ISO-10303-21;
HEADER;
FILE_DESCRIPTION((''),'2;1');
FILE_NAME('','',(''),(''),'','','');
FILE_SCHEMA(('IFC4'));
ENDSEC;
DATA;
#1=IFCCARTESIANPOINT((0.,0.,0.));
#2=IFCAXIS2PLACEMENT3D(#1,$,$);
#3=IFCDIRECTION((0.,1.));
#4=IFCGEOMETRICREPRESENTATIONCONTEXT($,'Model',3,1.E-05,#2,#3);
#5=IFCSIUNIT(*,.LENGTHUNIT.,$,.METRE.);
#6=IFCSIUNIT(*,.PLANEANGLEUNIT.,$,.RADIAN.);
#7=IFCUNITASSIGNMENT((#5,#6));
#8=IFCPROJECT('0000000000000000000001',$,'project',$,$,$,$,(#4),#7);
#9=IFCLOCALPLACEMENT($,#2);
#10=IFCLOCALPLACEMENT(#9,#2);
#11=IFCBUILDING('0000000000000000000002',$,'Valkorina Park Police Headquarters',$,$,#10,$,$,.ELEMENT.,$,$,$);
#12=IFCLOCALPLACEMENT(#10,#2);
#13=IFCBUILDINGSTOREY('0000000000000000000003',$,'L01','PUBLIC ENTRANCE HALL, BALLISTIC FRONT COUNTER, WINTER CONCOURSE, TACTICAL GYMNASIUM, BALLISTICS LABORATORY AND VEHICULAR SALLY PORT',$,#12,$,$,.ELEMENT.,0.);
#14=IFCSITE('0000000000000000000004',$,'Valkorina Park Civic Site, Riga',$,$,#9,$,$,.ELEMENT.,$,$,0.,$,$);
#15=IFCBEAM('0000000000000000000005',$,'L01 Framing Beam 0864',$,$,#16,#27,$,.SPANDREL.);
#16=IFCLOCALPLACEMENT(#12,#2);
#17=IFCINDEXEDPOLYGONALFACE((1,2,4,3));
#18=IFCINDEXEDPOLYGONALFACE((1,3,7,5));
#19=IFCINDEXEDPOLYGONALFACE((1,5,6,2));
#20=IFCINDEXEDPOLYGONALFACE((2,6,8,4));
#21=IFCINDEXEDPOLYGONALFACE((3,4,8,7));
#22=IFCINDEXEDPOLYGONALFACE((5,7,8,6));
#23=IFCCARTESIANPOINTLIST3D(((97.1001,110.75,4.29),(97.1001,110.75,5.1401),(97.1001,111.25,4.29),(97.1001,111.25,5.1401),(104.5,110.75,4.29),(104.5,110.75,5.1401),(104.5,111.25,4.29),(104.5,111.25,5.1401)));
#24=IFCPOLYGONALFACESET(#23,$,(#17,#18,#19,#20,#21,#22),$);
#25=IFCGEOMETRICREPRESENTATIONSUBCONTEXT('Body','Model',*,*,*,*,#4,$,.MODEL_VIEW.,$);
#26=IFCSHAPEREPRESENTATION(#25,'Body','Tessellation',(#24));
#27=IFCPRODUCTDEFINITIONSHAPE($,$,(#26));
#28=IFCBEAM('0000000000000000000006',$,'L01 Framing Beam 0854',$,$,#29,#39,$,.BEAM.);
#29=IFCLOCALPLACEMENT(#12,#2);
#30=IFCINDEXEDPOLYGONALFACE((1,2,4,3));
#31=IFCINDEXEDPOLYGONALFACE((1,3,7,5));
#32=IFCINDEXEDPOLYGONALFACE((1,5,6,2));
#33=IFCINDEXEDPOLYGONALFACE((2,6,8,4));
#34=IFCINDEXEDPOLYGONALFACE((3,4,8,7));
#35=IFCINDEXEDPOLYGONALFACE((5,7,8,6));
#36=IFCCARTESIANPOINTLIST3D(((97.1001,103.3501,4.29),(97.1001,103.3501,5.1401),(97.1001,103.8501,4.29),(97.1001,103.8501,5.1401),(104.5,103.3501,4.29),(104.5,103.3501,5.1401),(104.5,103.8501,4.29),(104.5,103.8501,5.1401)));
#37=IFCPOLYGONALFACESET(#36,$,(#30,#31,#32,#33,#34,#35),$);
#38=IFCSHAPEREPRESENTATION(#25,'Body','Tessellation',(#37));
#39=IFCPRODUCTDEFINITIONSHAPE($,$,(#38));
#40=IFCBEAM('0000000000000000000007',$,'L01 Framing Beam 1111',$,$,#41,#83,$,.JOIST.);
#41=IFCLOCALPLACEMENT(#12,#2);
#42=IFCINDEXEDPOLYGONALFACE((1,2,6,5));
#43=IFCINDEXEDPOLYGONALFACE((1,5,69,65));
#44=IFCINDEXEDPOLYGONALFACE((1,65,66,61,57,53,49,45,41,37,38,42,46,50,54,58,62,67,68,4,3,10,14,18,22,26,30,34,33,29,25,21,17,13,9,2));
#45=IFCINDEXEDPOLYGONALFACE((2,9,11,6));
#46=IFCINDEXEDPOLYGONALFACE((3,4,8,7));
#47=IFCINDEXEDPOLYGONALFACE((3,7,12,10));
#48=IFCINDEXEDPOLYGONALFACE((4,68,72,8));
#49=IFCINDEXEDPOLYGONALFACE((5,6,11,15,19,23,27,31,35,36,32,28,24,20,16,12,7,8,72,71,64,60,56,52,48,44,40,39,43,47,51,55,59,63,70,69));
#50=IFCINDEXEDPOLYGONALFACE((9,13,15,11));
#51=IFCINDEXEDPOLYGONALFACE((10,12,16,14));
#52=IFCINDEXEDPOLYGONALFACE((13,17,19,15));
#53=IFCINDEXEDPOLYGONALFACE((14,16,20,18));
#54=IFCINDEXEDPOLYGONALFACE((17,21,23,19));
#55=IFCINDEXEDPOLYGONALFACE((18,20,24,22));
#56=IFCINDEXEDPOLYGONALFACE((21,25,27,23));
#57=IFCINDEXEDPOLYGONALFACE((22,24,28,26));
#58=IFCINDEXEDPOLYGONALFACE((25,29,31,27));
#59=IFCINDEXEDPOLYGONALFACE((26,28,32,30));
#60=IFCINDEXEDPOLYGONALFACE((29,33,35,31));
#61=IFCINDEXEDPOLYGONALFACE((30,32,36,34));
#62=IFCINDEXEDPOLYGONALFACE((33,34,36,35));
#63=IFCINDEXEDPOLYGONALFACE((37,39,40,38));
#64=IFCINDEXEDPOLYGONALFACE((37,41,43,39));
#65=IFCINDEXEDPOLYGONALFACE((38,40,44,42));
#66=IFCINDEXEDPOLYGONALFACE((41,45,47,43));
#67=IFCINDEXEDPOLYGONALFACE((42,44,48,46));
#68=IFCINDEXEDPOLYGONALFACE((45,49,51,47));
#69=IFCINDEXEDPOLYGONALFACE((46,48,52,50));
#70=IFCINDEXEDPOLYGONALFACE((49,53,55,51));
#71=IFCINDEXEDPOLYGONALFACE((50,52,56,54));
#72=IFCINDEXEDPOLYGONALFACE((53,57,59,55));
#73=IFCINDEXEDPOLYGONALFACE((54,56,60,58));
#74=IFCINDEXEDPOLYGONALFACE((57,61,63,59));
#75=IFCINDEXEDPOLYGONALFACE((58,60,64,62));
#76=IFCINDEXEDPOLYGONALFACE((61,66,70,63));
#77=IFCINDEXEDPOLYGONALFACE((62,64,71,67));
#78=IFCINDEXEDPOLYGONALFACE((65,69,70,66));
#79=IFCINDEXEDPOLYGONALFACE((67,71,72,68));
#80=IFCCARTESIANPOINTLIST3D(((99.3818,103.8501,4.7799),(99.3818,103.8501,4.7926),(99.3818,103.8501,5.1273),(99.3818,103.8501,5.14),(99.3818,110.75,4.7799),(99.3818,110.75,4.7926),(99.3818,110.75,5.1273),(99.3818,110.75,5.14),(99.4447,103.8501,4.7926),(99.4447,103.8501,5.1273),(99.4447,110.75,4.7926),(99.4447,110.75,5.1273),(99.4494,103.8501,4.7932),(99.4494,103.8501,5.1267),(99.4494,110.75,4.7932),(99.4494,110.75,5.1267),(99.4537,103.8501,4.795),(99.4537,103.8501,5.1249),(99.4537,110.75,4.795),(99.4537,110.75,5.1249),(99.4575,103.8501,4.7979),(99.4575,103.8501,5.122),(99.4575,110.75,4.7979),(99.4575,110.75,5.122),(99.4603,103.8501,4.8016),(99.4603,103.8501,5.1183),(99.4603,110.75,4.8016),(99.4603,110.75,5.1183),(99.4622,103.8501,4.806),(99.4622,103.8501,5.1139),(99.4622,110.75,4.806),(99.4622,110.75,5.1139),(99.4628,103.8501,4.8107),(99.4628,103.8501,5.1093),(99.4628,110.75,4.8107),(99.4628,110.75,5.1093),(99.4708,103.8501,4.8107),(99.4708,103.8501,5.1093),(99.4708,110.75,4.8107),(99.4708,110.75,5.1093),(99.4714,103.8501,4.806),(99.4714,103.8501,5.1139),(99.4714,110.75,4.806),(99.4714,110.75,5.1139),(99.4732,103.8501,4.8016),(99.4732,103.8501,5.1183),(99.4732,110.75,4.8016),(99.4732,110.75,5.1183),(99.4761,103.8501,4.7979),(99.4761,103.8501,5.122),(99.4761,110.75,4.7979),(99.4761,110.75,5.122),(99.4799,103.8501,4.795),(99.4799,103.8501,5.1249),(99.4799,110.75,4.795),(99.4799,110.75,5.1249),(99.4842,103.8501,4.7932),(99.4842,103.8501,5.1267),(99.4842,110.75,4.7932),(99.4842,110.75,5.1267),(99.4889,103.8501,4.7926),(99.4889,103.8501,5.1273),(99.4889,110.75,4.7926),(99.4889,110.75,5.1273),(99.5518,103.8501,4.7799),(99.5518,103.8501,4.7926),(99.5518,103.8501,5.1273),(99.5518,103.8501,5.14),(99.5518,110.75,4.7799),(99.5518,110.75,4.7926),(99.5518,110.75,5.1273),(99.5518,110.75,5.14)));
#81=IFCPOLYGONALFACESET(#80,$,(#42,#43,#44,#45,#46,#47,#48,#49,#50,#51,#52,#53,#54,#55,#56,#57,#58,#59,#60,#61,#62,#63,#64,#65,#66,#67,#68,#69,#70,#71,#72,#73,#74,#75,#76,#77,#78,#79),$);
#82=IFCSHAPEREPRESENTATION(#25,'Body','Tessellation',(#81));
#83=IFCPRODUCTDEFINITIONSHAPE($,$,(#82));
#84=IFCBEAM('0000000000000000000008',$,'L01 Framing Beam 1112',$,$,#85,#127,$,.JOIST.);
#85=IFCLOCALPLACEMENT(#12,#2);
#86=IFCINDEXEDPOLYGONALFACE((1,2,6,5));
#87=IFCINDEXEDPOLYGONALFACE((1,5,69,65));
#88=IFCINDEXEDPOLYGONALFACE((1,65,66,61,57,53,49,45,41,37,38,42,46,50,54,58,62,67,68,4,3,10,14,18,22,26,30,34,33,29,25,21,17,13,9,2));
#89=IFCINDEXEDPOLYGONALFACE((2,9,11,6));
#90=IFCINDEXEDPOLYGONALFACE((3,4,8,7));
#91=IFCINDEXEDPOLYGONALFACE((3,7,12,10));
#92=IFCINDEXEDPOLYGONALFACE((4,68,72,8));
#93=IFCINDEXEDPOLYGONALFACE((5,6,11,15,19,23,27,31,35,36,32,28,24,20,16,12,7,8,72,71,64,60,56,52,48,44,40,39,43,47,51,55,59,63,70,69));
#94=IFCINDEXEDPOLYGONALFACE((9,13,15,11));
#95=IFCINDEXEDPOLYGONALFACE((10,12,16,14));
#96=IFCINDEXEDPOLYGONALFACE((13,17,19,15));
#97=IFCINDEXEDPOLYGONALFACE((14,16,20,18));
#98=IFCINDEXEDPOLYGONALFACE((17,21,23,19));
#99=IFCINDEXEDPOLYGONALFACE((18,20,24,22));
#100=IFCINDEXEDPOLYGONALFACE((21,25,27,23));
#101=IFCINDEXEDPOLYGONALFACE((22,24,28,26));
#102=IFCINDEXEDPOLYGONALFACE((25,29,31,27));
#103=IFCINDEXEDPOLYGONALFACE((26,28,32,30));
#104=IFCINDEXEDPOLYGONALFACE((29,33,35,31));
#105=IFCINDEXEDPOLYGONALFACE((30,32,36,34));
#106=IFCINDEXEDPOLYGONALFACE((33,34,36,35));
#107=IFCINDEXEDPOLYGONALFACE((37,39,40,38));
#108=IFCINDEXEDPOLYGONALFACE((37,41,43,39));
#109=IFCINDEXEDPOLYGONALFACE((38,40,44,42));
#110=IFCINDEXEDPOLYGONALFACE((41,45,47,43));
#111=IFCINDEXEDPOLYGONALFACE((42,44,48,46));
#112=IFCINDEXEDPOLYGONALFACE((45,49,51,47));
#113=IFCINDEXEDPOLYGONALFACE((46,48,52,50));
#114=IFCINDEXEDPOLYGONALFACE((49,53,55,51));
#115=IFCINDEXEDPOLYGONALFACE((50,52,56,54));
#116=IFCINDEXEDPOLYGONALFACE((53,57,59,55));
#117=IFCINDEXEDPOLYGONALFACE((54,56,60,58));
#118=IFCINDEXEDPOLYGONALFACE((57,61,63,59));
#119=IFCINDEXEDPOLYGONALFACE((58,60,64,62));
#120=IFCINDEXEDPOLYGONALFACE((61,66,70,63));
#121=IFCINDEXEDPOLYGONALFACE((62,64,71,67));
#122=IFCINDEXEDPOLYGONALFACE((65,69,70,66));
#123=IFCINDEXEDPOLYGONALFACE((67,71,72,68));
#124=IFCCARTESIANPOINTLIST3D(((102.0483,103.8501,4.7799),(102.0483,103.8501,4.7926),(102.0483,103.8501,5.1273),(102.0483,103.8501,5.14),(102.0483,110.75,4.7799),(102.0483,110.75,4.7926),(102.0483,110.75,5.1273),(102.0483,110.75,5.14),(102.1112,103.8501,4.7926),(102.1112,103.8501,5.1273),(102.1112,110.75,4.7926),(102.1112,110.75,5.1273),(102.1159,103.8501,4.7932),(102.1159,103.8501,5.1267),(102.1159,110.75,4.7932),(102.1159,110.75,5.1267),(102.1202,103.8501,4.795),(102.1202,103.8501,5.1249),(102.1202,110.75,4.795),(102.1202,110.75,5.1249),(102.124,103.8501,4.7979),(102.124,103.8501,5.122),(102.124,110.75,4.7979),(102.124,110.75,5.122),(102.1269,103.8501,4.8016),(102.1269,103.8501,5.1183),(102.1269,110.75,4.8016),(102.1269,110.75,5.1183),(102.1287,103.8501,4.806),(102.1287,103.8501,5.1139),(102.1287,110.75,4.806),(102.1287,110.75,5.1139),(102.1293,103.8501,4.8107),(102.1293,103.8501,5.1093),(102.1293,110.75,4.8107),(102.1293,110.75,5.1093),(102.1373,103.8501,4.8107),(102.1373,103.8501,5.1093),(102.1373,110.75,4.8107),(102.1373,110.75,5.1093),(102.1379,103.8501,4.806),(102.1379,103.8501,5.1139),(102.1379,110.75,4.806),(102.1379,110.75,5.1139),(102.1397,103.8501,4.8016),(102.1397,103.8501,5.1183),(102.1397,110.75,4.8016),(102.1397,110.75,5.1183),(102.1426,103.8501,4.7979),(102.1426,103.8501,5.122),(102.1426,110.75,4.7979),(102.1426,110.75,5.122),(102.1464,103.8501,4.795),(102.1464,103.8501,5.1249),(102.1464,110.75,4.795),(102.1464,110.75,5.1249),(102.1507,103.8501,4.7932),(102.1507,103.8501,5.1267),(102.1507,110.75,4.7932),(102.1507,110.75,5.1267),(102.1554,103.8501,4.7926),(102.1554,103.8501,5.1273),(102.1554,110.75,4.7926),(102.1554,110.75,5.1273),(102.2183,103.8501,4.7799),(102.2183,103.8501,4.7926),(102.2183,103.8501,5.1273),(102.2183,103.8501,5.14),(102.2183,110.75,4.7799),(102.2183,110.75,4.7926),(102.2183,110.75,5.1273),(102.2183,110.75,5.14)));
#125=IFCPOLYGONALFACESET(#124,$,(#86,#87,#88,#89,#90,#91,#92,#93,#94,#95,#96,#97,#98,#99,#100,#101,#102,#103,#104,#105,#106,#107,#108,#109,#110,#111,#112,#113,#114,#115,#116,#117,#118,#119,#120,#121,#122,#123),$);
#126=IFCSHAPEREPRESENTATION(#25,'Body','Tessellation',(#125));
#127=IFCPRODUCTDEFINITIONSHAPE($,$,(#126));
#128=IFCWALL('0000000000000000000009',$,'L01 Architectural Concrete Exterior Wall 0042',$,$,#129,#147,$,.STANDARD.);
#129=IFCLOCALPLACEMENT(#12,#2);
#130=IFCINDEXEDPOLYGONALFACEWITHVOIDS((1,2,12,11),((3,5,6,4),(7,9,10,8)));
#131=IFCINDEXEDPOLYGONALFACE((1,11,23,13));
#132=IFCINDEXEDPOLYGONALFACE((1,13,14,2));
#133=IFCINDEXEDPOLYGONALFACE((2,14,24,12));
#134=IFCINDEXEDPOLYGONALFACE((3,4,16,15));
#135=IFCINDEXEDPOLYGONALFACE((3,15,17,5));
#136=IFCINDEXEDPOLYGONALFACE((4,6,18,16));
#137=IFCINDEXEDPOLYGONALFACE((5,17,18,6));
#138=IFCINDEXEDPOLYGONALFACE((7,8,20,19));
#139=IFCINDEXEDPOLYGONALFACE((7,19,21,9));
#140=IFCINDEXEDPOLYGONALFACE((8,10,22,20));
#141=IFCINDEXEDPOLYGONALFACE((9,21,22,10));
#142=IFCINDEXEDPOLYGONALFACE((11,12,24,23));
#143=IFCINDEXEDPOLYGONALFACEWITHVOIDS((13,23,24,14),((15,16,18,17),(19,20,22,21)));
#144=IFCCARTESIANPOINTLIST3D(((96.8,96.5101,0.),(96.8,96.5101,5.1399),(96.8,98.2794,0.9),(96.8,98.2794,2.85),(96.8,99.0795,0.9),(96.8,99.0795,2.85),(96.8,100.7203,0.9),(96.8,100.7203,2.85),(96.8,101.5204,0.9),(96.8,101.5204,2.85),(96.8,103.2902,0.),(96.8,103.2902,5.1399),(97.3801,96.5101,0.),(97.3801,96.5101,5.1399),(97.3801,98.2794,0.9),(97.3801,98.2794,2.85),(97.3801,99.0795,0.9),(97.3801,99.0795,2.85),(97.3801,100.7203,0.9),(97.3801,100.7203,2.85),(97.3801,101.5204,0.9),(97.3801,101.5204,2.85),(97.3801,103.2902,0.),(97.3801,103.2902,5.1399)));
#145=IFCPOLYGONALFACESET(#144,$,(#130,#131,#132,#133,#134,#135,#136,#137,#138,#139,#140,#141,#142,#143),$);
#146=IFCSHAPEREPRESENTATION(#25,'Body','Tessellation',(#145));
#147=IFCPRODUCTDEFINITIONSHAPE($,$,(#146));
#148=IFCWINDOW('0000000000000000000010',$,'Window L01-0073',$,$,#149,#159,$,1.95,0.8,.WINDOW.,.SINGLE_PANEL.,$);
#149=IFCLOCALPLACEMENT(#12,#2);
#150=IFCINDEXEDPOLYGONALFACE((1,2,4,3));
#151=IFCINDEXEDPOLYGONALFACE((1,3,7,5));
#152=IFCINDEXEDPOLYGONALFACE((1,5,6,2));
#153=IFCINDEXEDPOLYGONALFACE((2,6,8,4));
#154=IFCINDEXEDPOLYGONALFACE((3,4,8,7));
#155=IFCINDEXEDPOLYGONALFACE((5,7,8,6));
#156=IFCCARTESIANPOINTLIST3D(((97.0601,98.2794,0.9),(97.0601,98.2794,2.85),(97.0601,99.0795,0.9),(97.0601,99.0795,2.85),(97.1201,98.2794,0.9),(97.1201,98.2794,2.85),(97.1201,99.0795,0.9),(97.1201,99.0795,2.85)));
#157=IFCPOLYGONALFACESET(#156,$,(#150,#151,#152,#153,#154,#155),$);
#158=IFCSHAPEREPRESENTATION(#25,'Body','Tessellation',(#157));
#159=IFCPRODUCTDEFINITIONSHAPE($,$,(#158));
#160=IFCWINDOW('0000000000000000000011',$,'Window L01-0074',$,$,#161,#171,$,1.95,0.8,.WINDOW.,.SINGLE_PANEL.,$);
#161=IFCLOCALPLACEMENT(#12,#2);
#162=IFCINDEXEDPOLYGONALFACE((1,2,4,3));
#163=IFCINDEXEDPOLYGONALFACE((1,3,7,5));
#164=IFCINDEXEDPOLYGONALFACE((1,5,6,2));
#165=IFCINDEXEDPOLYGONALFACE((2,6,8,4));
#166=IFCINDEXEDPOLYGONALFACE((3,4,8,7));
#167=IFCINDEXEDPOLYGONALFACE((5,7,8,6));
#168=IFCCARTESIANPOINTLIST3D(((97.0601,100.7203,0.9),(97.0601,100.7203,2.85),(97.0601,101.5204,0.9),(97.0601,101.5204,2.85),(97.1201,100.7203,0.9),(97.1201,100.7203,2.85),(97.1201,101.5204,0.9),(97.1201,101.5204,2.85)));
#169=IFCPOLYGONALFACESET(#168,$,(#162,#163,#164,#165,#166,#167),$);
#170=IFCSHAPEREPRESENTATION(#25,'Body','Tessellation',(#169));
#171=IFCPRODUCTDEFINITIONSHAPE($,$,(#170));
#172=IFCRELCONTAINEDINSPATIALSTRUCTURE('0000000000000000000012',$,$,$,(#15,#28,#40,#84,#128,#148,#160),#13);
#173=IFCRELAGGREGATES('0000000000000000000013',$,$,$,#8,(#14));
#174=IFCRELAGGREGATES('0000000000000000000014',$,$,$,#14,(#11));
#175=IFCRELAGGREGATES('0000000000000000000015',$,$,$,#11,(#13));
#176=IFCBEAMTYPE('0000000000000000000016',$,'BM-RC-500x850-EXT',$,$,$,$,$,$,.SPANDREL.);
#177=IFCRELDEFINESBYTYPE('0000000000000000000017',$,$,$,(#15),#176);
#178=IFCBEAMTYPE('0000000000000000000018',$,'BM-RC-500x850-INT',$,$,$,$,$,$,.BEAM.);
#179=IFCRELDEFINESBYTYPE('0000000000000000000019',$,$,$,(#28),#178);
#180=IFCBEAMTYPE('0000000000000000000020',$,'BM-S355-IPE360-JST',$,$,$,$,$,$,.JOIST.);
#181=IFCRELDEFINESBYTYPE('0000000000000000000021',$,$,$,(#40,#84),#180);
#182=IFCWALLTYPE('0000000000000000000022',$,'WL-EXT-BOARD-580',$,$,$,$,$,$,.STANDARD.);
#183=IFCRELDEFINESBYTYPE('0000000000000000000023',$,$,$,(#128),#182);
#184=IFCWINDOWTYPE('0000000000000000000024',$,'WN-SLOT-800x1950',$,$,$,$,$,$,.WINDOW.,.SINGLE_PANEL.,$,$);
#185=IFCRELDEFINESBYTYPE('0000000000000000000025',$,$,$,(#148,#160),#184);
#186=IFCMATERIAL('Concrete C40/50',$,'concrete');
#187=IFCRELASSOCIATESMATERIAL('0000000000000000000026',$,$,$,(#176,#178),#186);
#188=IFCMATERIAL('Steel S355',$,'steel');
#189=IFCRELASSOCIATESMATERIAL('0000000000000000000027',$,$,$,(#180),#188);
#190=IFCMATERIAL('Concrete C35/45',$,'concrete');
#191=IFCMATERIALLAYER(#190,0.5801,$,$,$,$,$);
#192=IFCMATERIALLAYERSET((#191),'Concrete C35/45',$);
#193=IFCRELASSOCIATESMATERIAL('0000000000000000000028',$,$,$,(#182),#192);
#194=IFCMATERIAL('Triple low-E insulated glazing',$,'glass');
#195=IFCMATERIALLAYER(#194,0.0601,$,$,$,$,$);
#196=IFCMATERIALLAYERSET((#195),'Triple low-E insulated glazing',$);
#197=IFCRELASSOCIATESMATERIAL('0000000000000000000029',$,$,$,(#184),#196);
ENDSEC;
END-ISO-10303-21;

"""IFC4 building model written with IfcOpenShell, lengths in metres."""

from ifc_helpers import new_model, si_unit, direction, frame, frame_2d, origin, origin_2d, place, context, subcontext, project, spatial, rectangle, i_section, extrude, material, layer, layer_set, material_profile, profile_set, type_object, element, fill, save


model = new_model("IFC4")

# Units and contexts
model_context = context("Model", 3, precision=1e-05, world=origin(), true_north=direction((0.0, 1.0)))
body_context = subcontext(model_context, "Body", "Model", "MODEL_VIEW")
ifc_project = project(units=[si_unit("LENGTHUNIT", "METRE"), si_unit("PLANEANGLEUNIT", "RADIAN")], contexts=[model_context])

# Site, building, storey
site_placement = place(None, origin())
site = spatial("IfcSite", under=ifc_project, at=site_placement, Name="Valkorina Park Civic Site, Riga", CompositionType="ELEMENT", RefElevation=0.0)
building_placement = place(site_placement, origin())
building = spatial("IfcBuilding", under=site, at=building_placement, Name="Valkorina Park Police Headquarters", CompositionType="ELEMENT")
storey_placement = place(building_placement, origin())
storey = spatial("IfcBuildingStorey", under=building, at=storey_placement, Name="L01", Description="PUBLIC ENTRANCE HALL, BALLISTIC FRONT COUNTER, WINTER CONCOURSE, TACTICAL GYMNASIUM, BALLISTICS LABORATORY AND VEHICULAR SALLY PORT", CompositionType="ELEMENT", Elevation=0.0)

# Beams
ifc_material_1 = material(Name="Concrete C40/50", Category="concrete")
ifc_material_profile_1 = material_profile(ifc_material_1, rectangle(XDim=0.5, YDim=0.8501, at=origin_2d()), Name="RC BEAM 500x850")
ifc_profile_set_1 = profile_set([ifc_material_profile_1], Name="Concrete C40/50")
beam_type_1 = type_object("IfcBeamType", Name="BM-RC-500x850-EXT", PredefinedType="SPANDREL", material=ifc_profile_set_1)
beam_1_placement = place(storey_placement, frame((97.1001, 111.0, 4.7151), z_axis=(1.0, 0.0, 0.0), x_axis=(0.0, 1.0, 0.0)))
element("IfcBeam", 1, at=beam_1_placement, inside=storey, type_object=beam_type_1, Name="L01 Framing Beam 0864", PredefinedType="SPANDREL", context=body_context, shape_type="SweptSolid", body=[
    extrude(rectangle(XDim=0.5, YDim=0.8501, at=origin_2d()), origin(), (0.0, 0.0, 1.0), 7.3999),
])
ifc_material_profile_2 = material_profile(ifc_material_1, rectangle(XDim=0.5, YDim=0.8501, at=origin_2d()), Name="RC BEAM 500x850")
ifc_profile_set_2 = profile_set([ifc_material_profile_2], Name="Concrete C40/50")
beam_type_2 = type_object("IfcBeamType", Name="BM-RC-500x850-INT", PredefinedType="BEAM", material=ifc_profile_set_2)
beam_2_placement = place(storey_placement, frame((97.1001, 103.6001, 4.7151), z_axis=(1.0, 0.0, 0.0), x_axis=(0.0, 1.0, 0.0)))
element("IfcBeam", 2, at=beam_2_placement, inside=storey, type_object=beam_type_2, Name="L01 Framing Beam 0854", PredefinedType="BEAM", context=body_context, shape_type="SweptSolid", body=[
    extrude(rectangle(XDim=0.5, YDim=0.8501, at=origin_2d()), origin(), (0.0, 0.0, 1.0), 7.3999),
])
ifc_material_2 = material(Name="Steel S355", Category="steel")
ifc_material_profile_3 = material_profile(ifc_material_2, i_section(OverallWidth=0.1699, OverallDepth=0.3601, WebThickness=0.0081, FlangeThickness=0.0127, FilletRadius=0.0181, at=origin_2d()), Name="IPE 360")
ifc_profile_set_3 = profile_set([ifc_material_profile_3], Name="Steel S355")
beam_type_3 = type_object("IfcBeamType", Name="BM-S355-IPE360-JST", PredefinedType="JOIST", material=ifc_profile_set_3)
for number, where, z_axis, x_axis, name in (
    (3, (99.4668, 103.8501, 4.96), (0.0, 1.0, 0.0), (-1.0, 0.0, 0.0), "L01 Framing Beam 1111"),
    (4, (102.1333, 103.8501, 4.96), (0.0, 1.0, 0.0), (-1.0, 0.0, 0.0), "L01 Framing Beam 1112"),
):
    element("IfcBeam", number, at=place(storey_placement, frame(where, z_axis=z_axis, x_axis=x_axis)), inside=storey, type_object=beam_type_3, Name=name, PredefinedType="JOIST", context=body_context, shape_type="SweptSolid", body=[
        extrude(i_section(OverallWidth=0.1699, OverallDepth=0.3601, WebThickness=0.0081, FlangeThickness=0.0127, FilletRadius=0.0181, at=origin_2d()), origin(), (0.0, 0.0, 1.0), 6.8999),
    ])

# Wall, openings, windows
ifc_material_3 = material(Name="Concrete C35/45", Category="concrete")
ifc_layer_1 = layer(ifc_material_3, 0.5801)
ifc_layer_set_1 = layer_set([ifc_layer_1], Name="Concrete C35/45")
wall_type = type_object("IfcWallType", Name="WL-EXT-BOARD-580", PredefinedType="STANDARD", material=ifc_layer_set_1)
wall_1_placement = place(storey_placement, frame((97.0901, 96.51, 0.0), z_axis=(0.0, 0.0, 1.0), x_axis=(0.0, 1.0, 0.0)))
wall_1 = element("IfcWall", 5, at=wall_1_placement, inside=storey, type_object=wall_type, Name="L01 Architectural Concrete Exterior Wall 0042", PredefinedType="STANDARD", context=body_context, shape_type="SweptSolid", body=[
    extrude(rectangle(XDim=6.78, YDim=0.5801, at=frame_2d((3.3901, 0.0))), origin(), (0.0, 0.0, 1.0), 5.1399),
])
opening_1_placement = place(wall_1_placement, frame((1.7695, 0.0, 0.8999)))
opening_1 = element("IfcOpeningElement", 6, at=opening_1_placement, cuts=wall_1, PredefinedType="OPENING", context=body_context, shape_type="SweptSolid", body=[
    extrude(rectangle(XDim=0.8, YDim=1.95, at=frame_2d((0.3999, 0.9751))), frame((0.0, 0.3, 0.0), z_axis=(0.0, -1.0, 0.0), x_axis=(1.0, 0.0, 0.0)), (0.0, 0.0, 1.0), 0.6001),
])
opening_2_placement = place(wall_1_placement, frame((4.2104, 0.0, 0.8999)))
opening_2 = element("IfcOpeningElement", 7, at=opening_2_placement, cuts=wall_1, PredefinedType="OPENING", context=body_context, shape_type="SweptSolid", body=[
    extrude(rectangle(XDim=0.8, YDim=1.95, at=frame_2d((0.3999, 0.9751))), frame((0.0, 0.3, 0.0), z_axis=(0.0, -1.0, 0.0), x_axis=(1.0, 0.0, 0.0)), (0.0, 0.0, 1.0), 0.6001),
])
ifc_material_4 = material(Name="Triple low-E insulated glazing", Category="glass")
ifc_layer_2 = layer(ifc_material_4, 0.0601)
ifc_layer_set_2 = layer_set([ifc_layer_2], Name="Triple low-E insulated glazing")
window_type_1 = type_object("IfcWindowType", Name="WN-SLOT-800x1950", PartitioningType="SINGLE_PANEL", PredefinedType="WINDOW", material=ifc_layer_set_2)
window_1_placement = place(opening_1_placement, origin())
window_1 = element("IfcWindow", 8, at=window_1_placement, inside=storey, type_object=window_type_1, Name="Window L01-0073", OverallHeight=1.95, OverallWidth=0.8, PartitioningType="SINGLE_PANEL", PredefinedType="WINDOW", context=body_context, shape_type="SweptSolid", body=[
    extrude(rectangle(XDim=0.8, YDim=1.95, at=frame_2d((0.3999, 0.9751))), frame((0.0, 0.03, 0.0), z_axis=(0.0, -1.0, 0.0), x_axis=(1.0, 0.0, 0.0)), (0.0, 0.0, 1.0), 0.0601),
])
fill(opening_1, window_1)
window_2_placement = place(opening_2_placement, origin())
window_2 = element("IfcWindow", 9, at=window_2_placement, inside=storey, type_object=window_type_1, Name="Window L01-0074", OverallHeight=1.95, OverallWidth=0.8, PartitioningType="SINGLE_PANEL", PredefinedType="WINDOW", context=body_context, shape_type="SweptSolid", body=[
    extrude(rectangle(XDim=0.8, YDim=1.95, at=frame_2d((0.3999, 0.9751))), frame((0.0, 0.03, 0.0), z_axis=(0.0, -1.0, 0.0), x_axis=(1.0, 0.0, 0.0)), (0.0, 0.0, 1.0), 0.0601),
])
fill(opening_2, window_2)

save(model, "model.ifc")
